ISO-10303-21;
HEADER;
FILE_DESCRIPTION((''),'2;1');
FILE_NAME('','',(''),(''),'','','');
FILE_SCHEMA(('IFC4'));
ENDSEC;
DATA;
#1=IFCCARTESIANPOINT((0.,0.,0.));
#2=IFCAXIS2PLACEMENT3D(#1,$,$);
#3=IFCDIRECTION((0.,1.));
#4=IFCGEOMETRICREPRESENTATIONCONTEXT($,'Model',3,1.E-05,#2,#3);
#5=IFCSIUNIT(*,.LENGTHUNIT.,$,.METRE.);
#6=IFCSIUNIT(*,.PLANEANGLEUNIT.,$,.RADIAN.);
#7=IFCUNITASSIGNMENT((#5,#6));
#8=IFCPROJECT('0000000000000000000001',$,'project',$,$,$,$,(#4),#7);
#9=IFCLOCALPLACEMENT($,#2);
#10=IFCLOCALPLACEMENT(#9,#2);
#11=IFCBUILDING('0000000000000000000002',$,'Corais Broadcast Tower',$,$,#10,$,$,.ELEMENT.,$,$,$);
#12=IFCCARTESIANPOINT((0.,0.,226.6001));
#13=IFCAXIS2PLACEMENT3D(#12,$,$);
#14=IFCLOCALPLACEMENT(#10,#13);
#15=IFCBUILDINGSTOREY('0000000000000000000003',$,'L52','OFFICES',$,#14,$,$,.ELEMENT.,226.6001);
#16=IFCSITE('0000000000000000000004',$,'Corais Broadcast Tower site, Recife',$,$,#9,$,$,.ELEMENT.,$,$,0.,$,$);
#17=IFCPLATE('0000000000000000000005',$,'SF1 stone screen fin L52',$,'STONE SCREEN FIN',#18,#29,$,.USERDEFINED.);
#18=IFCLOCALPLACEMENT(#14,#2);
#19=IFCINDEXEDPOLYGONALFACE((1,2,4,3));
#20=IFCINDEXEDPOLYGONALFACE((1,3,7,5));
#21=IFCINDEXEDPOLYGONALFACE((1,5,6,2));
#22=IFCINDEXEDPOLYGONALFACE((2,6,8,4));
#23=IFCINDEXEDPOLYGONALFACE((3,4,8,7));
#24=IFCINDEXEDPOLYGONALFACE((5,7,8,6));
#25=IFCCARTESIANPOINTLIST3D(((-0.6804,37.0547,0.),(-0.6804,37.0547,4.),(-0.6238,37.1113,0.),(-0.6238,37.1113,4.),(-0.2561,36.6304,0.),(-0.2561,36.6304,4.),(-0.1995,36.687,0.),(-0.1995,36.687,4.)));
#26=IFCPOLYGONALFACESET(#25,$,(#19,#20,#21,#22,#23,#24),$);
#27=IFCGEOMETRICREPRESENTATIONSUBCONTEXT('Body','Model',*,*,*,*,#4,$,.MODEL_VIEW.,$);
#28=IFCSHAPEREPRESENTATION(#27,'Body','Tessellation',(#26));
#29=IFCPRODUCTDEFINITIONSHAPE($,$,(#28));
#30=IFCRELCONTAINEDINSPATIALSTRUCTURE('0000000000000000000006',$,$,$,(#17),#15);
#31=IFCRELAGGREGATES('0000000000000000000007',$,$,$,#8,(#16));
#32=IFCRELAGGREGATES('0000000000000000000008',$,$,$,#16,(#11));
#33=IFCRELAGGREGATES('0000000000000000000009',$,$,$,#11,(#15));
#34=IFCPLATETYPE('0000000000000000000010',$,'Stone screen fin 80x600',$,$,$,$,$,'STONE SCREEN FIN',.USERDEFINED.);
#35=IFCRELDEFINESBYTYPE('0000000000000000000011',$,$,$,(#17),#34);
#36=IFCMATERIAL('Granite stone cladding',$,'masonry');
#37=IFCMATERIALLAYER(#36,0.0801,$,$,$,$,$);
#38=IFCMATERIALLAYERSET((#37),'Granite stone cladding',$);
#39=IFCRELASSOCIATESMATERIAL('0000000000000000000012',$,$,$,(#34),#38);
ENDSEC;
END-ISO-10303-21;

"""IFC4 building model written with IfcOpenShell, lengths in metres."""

from ifc_helpers import new_model, si_unit, direction, frame, origin, origin_2d, place, context, subcontext, project, spatial, rectangle, extrude, material, layer, layer_set, type_object, element, save


model = new_model("IFC4")

# Units and contexts
model_context = context("Model", 3, precision=1e-05, world=origin(), true_north=direction((0.0, 1.0)))
body_context = subcontext(model_context, "Body", "Model", "MODEL_VIEW")
ifc_project = project(units=[si_unit("LENGTHUNIT", "METRE"), si_unit("PLANEANGLEUNIT", "RADIAN")], contexts=[model_context])

# Site, building, storey
site_placement = place(None, origin())
site = spatial("IfcSite", under=ifc_project, at=site_placement, Name="Corais Broadcast Tower site, Recife", CompositionType="ELEMENT", RefElevation=0.0)
building_placement = place(site_placement, origin())
building = spatial("IfcBuilding", under=site, at=building_placement, Name="Corais Broadcast Tower", CompositionType="ELEMENT")
storey_placement = place(building_placement, frame((0.0, 0.0, 226.6001)))
storey = spatial("IfcBuildingStorey", under=building, at=storey_placement, Name="L52", Description="OFFICES", CompositionType="ELEMENT", Elevation=226.6001)

# Plate
ifc_material_1 = material(Name="Granite stone cladding", Category="masonry")
ifc_layer_1 = layer(ifc_material_1, 0.0801)
ifc_layer_set_1 = layer_set([ifc_layer_1], Name="Granite stone cladding")
plate_type_1 = type_object("IfcPlateType", Name="Stone screen fin 80x600", ElementType="STONE SCREEN FIN", PredefinedType="USERDEFINED", material=ifc_layer_set_1)
plate_1_placement = place(storey_placement, frame((-0.4399, 36.8708, 0.0), z_axis=(0.0, 0.0, 1.0), x_axis=(0.707107, 0.707107, 0.0)))
element("IfcPlate", 1, at=plate_1_placement, inside=storey, type_object=plate_type_1, Name="SF1 stone screen fin L52", ObjectType="STONE SCREEN FIN", PredefinedType="USERDEFINED", context=body_context, shape_type="SweptSolid", body=[
    extrude(rectangle(XDim=0.0801, YDim=0.6001, at=origin_2d()), origin(), (0.0, 0.0, 1.0), 4.0),
])

save(model, "model.ifc")
